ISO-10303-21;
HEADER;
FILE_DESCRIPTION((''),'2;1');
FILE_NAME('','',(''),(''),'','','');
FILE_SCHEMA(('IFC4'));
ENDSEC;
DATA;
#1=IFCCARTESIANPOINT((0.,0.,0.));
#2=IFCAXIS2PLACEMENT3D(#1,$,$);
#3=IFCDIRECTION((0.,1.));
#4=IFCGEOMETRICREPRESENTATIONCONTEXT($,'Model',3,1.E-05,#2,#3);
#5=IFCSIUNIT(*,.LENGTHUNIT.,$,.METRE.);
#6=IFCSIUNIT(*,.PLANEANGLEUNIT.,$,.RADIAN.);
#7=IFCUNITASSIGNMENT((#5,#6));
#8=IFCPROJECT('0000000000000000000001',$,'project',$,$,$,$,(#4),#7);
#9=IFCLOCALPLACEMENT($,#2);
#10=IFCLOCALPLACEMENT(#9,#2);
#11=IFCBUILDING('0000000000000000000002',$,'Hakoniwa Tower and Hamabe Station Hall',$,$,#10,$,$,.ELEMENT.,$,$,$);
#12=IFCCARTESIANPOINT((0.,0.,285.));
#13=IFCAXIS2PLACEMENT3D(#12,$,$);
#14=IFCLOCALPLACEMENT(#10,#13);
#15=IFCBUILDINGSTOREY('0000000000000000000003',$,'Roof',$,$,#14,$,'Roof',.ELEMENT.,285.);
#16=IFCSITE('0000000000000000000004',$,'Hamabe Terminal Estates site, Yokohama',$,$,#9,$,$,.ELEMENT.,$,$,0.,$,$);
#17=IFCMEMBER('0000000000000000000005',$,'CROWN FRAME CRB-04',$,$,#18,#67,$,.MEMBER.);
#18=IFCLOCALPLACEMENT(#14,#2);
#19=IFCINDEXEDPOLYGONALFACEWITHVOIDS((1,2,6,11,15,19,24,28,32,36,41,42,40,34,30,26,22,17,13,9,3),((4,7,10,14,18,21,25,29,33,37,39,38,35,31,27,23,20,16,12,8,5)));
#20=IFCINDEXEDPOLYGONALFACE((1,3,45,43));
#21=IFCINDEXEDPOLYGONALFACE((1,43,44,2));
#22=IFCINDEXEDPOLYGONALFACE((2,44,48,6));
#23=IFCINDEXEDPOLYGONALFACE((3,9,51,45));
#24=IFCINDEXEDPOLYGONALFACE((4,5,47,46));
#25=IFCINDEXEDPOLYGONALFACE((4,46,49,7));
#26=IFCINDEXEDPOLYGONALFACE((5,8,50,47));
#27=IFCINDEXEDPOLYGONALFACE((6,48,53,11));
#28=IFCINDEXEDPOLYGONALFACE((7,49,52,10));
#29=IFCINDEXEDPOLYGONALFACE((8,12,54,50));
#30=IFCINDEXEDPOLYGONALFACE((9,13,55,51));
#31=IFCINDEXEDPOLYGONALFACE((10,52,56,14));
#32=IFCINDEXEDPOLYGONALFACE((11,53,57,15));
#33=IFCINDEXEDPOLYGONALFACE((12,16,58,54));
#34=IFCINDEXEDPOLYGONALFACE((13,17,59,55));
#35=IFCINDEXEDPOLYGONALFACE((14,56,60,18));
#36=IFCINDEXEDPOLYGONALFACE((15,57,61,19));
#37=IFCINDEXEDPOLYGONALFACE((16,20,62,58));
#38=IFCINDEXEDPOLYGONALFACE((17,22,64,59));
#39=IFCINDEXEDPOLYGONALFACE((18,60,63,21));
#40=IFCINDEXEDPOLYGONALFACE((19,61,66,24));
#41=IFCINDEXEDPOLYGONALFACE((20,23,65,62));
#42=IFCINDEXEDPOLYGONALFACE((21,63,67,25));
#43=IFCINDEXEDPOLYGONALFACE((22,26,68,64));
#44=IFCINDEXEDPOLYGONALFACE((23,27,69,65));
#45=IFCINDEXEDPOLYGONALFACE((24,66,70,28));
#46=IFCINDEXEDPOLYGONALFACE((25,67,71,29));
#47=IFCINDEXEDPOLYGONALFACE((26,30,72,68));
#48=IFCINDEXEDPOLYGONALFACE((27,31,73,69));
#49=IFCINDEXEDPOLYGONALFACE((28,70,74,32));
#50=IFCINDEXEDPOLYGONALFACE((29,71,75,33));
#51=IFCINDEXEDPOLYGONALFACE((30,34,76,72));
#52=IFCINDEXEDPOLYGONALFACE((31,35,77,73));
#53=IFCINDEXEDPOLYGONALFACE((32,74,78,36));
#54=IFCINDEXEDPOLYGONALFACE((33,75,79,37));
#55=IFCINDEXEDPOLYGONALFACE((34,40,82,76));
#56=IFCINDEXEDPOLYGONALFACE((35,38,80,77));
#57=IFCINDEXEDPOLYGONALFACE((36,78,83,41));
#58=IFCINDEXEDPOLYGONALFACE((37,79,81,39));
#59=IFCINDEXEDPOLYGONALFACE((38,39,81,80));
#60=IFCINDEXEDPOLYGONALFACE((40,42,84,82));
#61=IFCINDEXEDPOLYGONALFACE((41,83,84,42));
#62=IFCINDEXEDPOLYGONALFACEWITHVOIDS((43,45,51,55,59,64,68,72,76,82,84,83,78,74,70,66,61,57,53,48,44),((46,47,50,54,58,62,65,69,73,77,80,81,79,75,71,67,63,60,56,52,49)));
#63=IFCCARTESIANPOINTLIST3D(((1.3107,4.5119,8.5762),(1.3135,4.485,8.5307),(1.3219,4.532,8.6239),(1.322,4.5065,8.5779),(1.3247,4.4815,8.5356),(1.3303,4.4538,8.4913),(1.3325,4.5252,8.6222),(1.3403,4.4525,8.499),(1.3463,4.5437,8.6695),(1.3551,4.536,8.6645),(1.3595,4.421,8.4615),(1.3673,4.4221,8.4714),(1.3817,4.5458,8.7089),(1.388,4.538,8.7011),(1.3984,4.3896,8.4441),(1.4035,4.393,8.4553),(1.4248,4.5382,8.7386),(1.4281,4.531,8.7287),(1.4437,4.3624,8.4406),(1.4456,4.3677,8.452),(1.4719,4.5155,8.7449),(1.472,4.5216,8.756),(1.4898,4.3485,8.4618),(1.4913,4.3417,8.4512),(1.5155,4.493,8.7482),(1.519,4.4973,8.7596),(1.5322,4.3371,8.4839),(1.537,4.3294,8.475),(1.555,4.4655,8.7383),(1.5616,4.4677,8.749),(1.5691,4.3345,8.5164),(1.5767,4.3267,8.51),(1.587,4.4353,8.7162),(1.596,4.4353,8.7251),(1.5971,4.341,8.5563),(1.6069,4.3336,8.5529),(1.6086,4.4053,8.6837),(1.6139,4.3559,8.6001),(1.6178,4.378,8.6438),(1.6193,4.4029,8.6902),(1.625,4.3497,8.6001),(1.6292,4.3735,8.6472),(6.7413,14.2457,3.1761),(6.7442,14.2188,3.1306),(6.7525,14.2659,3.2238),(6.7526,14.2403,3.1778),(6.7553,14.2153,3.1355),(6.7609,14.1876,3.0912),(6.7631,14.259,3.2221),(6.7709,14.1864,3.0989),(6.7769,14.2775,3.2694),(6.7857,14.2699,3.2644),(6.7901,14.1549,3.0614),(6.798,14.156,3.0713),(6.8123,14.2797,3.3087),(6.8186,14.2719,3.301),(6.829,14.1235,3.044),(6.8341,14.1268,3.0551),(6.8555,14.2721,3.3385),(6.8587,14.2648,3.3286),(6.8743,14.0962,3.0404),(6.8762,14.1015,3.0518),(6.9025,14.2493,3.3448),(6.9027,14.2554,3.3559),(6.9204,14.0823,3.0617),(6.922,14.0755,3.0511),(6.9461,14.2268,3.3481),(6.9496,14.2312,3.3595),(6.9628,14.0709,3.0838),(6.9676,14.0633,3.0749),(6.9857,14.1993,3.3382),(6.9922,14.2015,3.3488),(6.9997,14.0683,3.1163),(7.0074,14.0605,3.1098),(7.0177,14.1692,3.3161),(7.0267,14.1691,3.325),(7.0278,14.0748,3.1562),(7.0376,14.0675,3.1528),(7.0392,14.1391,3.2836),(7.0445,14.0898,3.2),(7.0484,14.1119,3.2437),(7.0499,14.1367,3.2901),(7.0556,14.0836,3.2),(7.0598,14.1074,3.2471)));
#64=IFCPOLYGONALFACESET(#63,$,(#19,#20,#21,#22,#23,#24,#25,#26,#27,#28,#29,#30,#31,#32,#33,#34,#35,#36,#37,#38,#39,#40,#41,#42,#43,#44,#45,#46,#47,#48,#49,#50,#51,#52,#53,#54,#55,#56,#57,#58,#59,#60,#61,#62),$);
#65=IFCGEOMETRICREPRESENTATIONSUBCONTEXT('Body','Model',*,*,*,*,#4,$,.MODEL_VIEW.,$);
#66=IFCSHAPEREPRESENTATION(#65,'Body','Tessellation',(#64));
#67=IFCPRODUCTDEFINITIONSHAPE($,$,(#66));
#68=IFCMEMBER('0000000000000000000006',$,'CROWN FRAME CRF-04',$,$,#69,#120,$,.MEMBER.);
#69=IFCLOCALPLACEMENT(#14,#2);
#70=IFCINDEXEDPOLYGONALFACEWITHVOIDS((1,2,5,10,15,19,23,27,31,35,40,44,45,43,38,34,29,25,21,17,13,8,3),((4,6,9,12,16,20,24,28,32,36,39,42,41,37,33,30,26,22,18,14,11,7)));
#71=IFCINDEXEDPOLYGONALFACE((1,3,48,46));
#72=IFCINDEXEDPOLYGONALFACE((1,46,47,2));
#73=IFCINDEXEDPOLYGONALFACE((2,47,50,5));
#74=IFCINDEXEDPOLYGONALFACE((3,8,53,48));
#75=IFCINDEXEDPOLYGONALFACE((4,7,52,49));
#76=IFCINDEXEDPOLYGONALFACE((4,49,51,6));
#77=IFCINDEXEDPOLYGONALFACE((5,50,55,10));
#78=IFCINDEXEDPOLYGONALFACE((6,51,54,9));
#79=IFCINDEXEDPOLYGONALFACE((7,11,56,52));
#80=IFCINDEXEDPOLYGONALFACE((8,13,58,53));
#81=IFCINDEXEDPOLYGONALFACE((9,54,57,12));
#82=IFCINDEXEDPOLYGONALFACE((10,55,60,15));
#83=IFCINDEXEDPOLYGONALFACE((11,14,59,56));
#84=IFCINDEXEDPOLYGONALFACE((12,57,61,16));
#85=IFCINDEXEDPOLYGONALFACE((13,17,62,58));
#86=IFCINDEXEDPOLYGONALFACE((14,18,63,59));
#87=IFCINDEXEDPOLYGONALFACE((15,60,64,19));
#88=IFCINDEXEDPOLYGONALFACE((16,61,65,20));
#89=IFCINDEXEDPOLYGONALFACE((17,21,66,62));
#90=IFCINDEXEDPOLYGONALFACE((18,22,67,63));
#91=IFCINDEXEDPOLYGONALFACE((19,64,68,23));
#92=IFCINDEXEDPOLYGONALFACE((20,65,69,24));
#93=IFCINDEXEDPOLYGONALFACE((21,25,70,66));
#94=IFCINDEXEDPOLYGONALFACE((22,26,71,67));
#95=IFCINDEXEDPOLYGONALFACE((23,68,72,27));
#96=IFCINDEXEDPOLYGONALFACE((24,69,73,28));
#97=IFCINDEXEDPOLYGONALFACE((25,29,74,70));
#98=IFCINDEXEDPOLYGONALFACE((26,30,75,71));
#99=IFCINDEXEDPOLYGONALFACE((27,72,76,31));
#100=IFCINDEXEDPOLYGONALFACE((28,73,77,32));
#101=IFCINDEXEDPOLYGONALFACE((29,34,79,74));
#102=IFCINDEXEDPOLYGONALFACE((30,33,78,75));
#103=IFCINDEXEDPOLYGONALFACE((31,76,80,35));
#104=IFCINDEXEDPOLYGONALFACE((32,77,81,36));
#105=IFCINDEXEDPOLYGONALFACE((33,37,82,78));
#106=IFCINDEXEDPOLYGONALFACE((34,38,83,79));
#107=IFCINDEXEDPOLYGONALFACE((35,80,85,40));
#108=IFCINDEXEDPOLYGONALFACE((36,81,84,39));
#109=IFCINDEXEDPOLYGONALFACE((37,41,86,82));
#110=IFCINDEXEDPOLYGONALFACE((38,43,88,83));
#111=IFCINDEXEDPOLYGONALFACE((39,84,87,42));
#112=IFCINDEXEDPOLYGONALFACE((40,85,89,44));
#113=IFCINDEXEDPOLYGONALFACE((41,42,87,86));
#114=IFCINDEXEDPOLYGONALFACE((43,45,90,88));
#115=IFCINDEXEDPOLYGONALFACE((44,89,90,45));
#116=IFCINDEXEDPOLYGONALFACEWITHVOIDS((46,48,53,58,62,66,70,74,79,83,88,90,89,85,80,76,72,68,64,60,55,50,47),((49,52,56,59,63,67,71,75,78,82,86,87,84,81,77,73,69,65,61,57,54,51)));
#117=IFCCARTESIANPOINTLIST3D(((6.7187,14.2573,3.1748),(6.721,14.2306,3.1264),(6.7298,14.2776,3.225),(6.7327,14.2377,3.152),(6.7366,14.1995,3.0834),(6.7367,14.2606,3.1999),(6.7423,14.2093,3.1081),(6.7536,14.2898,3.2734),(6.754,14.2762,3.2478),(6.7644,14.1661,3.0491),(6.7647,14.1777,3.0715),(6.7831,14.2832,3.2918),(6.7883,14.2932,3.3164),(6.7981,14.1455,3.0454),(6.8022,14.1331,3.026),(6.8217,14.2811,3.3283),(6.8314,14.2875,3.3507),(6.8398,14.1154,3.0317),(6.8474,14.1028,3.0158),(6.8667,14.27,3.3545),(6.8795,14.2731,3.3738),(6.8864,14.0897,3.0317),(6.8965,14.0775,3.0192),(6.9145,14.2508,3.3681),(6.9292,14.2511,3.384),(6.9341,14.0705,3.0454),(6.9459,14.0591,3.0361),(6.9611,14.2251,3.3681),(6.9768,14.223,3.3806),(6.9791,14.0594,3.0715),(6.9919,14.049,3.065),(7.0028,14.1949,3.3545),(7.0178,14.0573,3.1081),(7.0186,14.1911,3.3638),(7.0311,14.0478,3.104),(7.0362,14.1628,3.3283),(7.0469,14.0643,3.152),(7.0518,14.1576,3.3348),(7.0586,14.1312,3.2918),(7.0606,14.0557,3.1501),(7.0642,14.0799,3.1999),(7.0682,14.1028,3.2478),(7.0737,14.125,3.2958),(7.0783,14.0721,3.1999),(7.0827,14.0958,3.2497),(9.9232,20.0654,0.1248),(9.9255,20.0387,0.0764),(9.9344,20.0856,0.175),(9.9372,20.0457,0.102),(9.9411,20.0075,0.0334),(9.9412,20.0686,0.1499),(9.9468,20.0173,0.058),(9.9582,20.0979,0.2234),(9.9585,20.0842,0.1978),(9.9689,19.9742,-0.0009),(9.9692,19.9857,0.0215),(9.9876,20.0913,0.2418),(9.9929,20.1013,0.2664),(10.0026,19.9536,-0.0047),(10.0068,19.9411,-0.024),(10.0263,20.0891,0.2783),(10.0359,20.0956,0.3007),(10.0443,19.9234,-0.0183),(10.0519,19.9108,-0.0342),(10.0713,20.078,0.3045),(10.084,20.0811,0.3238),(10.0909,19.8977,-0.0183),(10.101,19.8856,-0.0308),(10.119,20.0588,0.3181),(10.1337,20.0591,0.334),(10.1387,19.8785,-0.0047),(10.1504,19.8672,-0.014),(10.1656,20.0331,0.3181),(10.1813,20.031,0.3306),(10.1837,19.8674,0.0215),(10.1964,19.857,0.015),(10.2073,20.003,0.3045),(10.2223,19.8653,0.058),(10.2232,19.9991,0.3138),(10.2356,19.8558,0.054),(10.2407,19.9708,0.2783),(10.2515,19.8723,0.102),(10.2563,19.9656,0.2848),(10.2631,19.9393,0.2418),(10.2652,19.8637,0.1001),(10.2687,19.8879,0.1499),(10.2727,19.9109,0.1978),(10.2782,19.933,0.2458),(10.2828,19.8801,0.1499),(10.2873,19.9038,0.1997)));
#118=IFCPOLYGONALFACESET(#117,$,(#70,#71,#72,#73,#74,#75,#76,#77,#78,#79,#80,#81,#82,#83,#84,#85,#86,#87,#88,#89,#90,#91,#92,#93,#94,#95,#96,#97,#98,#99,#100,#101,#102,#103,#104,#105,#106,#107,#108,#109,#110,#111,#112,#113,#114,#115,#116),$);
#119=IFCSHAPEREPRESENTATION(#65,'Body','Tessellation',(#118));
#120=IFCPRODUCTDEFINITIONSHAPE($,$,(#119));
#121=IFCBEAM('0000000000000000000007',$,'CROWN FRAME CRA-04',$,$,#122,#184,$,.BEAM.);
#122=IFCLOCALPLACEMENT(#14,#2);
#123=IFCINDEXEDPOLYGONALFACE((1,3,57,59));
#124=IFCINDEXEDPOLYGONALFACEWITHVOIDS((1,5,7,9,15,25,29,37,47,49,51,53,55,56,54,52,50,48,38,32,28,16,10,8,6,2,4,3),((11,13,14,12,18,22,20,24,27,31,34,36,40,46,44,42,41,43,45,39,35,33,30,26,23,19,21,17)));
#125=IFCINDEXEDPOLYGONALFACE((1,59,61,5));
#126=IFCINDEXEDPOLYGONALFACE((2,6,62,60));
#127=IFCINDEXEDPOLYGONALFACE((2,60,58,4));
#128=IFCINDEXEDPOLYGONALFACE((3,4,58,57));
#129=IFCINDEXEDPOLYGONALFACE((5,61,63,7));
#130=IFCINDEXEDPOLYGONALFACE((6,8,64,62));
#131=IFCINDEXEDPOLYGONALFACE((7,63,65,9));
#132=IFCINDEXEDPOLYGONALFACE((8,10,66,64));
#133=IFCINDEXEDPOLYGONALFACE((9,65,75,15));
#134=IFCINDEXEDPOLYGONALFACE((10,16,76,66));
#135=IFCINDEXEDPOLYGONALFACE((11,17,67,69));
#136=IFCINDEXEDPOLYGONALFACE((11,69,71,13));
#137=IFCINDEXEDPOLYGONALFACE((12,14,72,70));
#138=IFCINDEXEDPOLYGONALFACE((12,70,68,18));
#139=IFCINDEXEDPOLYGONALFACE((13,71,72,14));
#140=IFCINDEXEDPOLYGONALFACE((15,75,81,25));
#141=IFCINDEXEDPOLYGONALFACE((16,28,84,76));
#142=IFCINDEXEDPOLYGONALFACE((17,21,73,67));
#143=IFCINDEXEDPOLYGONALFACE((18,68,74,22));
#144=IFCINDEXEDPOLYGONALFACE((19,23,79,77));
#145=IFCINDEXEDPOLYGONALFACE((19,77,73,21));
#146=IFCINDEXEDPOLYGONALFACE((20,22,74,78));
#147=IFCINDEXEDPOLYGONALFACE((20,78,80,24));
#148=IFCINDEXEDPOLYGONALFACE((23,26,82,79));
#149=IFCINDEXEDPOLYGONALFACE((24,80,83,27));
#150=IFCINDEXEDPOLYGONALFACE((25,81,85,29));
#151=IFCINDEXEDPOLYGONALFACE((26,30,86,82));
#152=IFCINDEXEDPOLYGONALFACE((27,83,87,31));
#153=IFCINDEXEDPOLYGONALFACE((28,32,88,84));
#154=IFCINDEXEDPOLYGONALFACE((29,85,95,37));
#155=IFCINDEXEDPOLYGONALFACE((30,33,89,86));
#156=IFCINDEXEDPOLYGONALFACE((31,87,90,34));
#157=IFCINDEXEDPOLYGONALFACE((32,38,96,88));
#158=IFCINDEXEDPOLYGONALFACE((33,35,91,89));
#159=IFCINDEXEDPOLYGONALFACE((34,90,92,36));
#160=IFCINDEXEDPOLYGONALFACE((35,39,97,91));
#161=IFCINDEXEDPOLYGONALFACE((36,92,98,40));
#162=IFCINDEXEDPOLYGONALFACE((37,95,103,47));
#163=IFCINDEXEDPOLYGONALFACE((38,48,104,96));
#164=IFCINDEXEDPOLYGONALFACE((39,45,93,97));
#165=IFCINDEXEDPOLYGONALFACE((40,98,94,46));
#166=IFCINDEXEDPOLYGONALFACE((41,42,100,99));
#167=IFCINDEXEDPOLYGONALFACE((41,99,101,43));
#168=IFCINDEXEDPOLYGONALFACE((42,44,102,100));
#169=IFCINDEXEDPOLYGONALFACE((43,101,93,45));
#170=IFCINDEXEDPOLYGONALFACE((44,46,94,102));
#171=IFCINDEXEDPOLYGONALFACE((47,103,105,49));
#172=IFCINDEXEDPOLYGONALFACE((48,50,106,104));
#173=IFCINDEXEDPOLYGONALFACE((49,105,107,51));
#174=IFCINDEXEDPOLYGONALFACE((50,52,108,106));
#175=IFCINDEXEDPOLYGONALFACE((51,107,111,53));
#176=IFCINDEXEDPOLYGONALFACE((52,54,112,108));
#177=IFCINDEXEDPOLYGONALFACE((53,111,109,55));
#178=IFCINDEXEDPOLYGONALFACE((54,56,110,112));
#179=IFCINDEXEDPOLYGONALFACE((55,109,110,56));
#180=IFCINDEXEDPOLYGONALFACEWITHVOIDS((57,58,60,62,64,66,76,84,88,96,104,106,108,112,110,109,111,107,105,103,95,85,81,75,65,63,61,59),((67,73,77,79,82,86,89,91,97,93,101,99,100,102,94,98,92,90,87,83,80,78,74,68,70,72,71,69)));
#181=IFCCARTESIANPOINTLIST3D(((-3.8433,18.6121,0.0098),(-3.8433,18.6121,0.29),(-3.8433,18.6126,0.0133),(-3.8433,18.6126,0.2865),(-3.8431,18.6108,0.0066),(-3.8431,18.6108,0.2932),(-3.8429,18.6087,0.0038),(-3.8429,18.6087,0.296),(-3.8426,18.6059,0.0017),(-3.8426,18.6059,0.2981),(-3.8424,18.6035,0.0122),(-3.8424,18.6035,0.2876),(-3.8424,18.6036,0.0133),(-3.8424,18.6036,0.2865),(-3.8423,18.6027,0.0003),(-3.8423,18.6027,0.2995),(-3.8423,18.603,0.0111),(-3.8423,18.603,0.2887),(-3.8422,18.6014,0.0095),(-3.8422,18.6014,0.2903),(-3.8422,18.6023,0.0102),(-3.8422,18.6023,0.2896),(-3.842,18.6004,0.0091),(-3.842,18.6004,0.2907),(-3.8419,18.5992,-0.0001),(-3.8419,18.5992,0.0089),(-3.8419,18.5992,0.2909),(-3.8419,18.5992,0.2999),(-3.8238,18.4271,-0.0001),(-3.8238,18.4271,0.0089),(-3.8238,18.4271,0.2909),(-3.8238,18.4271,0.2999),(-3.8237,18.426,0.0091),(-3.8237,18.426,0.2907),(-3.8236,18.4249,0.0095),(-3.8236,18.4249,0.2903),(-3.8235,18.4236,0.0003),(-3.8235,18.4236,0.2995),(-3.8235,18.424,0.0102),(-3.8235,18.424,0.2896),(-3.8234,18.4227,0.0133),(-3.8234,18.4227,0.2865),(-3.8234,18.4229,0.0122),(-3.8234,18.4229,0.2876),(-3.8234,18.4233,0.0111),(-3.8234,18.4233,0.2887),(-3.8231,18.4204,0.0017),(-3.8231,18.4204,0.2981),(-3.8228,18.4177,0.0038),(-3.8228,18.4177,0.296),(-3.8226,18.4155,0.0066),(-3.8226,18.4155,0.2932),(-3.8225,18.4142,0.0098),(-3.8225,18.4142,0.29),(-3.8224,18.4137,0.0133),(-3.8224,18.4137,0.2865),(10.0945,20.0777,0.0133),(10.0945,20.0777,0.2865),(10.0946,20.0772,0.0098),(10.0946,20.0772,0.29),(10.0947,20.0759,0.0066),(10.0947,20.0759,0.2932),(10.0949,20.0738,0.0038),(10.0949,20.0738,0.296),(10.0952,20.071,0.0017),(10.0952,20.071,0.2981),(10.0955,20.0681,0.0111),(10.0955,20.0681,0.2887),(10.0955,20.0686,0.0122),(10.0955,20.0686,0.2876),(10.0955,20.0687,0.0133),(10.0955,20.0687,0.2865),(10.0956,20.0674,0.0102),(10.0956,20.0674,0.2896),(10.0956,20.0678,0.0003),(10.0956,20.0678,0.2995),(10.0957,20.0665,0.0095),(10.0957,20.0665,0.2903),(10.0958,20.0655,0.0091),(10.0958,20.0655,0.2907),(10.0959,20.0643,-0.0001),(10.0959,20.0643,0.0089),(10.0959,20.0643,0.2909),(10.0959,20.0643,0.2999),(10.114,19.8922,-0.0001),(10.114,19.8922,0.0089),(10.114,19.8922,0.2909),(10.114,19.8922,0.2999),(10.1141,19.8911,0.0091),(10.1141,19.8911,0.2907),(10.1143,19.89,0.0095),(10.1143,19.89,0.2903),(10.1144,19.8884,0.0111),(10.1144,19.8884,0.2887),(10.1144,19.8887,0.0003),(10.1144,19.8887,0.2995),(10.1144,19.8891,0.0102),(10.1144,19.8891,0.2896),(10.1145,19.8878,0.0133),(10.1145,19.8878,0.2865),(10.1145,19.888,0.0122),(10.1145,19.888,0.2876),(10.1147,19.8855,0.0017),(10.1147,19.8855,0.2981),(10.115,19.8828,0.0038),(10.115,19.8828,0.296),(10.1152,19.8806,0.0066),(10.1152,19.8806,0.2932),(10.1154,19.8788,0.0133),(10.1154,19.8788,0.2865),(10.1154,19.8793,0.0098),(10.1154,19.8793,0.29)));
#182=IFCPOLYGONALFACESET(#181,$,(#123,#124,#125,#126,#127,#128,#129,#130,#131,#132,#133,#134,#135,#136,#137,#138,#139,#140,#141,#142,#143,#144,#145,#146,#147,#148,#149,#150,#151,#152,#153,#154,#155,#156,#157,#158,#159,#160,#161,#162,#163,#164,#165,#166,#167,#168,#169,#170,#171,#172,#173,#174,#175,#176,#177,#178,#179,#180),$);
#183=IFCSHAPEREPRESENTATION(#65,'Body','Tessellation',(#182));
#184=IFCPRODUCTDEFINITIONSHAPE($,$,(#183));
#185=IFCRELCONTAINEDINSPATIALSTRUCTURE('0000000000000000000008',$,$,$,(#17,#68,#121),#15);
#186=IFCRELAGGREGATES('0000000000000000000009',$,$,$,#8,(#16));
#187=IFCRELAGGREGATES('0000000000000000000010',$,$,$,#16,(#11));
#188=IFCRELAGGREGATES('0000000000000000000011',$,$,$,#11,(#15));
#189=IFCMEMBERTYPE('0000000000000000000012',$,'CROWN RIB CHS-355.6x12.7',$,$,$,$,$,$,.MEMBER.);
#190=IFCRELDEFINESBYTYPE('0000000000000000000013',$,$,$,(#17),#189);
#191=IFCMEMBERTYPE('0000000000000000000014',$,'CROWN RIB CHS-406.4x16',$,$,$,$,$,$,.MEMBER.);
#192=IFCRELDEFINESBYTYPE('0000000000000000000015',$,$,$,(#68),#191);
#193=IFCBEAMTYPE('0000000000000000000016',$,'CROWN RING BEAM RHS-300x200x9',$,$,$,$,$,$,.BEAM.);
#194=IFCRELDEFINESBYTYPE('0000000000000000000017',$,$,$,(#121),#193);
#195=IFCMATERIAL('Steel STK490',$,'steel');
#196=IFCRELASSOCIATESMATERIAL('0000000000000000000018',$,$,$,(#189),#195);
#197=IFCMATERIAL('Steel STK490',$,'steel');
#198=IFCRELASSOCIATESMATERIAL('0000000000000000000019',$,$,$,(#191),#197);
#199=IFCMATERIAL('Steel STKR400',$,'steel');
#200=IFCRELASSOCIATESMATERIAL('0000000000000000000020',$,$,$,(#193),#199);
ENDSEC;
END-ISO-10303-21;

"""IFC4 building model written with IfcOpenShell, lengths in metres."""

from ifc_helpers import new_model, si_unit, direction, frame, origin, origin_2d, place, context, subcontext, project, spatial, hollow_rectangle, hollow_circle, extrude, material, material_profile, profile_set, type_object, element, save


model = new_model("IFC4")

# Units and contexts
model_context = context("Model", 3, precision=1e-05, world=origin(), true_north=direction((0.0, 1.0)))
body_context = subcontext(model_context, "Body", "Model", "MODEL_VIEW")
ifc_project = project(units=[si_unit("LENGTHUNIT", "METRE"), si_unit("PLANEANGLEUNIT", "RADIAN")], contexts=[model_context])

# Site, building, storey
site_placement = place(None, origin())
site = spatial("IfcSite", under=ifc_project, at=site_placement, Name="Hamabe Terminal Estates site, Yokohama", CompositionType="ELEMENT", RefElevation=0.0)
building_placement = place(site_placement, origin())
building = spatial("IfcBuilding", under=site, at=building_placement, Name="Hakoniwa Tower and Hamabe Station Hall", CompositionType="ELEMENT")
storey_placement = place(building_placement, frame((0.0, 0.0, 285.0)))
storey = spatial("IfcBuildingStorey", under=building, at=storey_placement, Name="Roof", LongName="Roof", CompositionType="ELEMENT", Elevation=285.0)

# Members
ifc_material_1 = material(Name="Steel STK490", Category="steel")
ifc_material_profile_1 = material_profile(ifc_material_1, hollow_circle(Radius=0.1777, WallThickness=0.0127, at=origin_2d()), Name="CHS-355.6x12.7")
ifc_profile_set_1 = profile_set([ifc_material_profile_1], Name="Steel STK490")
member_type_1 = type_object("IfcMemberType", Name="CROWN RIB CHS-355.6x12.7", PredefinedType="MEMBER", material=ifc_profile_set_1)
member_1_placement = place(storey_placement, frame((6.9004, 14.1702, 3.2), z_axis=(-0.438467, -0.785906, 0.436003), x_axis=(0.873282, -0.487215, 0.0)))
element("IfcMember", 1, at=member_1_placement, inside=storey, type_object=member_type_1, Name="CROWN FRAME CRB-04", PredefinedType="MEMBER", context=body_context, shape_type="SweptSolid", body=[
    extrude(hollow_circle(Radius=0.1777, WallThickness=0.0127, at=origin_2d()), origin(), (0.0, 0.0, 1.0), 12.3855),
])
ifc_material_2 = material(Name="Steel STK490", Category="steel")
ifc_material_profile_2 = material_profile(ifc_material_2, hollow_circle(Radius=0.2031, WallThickness=0.0161, at=origin_2d()), Name="CHS-406.4x16")
ifc_profile_set_2 = profile_set([ifc_material_profile_2], Name="Steel STK490")
member_type_2 = type_object("IfcMemberType", Name="CROWN RIB CHS-406.4x16", PredefinedType="MEMBER", material=ifc_profile_set_2)
member_2_placement = place(storey_placement, frame((10.105, 19.9783, 0.1499), z_axis=(-0.438918, -0.795509, 0.417751), x_axis=(0.87557, -0.483091, 0.0)))
element("IfcMember", 2, at=member_2_placement, inside=storey, type_object=member_type_2, Name="CROWN FRAME CRF-04", PredefinedType="MEMBER", context=body_context, shape_type="SweptSolid", body=[
    extrude(hollow_circle(Radius=0.2031, WallThickness=0.0161, at=origin_2d()), origin(), (0.0, 0.0, 1.0), 7.301),
])

# Beam
ifc_material_3 = material(Name="Steel STKR400", Category="steel")
ifc_material_profile_3 = material_profile(ifc_material_3, hollow_rectangle(XDim=0.2, YDim=0.3, WallThickness=0.009, InnerFilletRadius=0.0044, OuterFilletRadius=0.0134, at=origin_2d()), Name="RHS-300x200x9")
ifc_profile_set_3 = profile_set([ifc_material_profile_3], Name="Steel STKR400")
beam_type = type_object("IfcBeamType", Name="CROWN RING BEAM RHS-300x200x9", PredefinedType="BEAM", material=ifc_profile_set_3)
beam_1_placement = place(storey_placement, frame((10.105, 19.9783, 0.1499), z_axis=(-0.994521, -0.104541, 0.0), x_axis=(0.104541, -0.994521, 0.0)))
element("IfcBeam", 3, at=beam_1_placement, inside=storey, type_object=beam_type, Name="CROWN FRAME CRA-04", PredefinedType="BEAM", context=body_context, shape_type="SweptSolid", body=[
    extrude(hollow_rectangle(XDim=0.2, YDim=0.3, WallThickness=0.009, InnerFilletRadius=0.0044, OuterFilletRadius=0.0134, at=origin_2d()), origin(), (0.0, 0.0, 1.0), 14.0146),
])

save(model, "model.ifc")
